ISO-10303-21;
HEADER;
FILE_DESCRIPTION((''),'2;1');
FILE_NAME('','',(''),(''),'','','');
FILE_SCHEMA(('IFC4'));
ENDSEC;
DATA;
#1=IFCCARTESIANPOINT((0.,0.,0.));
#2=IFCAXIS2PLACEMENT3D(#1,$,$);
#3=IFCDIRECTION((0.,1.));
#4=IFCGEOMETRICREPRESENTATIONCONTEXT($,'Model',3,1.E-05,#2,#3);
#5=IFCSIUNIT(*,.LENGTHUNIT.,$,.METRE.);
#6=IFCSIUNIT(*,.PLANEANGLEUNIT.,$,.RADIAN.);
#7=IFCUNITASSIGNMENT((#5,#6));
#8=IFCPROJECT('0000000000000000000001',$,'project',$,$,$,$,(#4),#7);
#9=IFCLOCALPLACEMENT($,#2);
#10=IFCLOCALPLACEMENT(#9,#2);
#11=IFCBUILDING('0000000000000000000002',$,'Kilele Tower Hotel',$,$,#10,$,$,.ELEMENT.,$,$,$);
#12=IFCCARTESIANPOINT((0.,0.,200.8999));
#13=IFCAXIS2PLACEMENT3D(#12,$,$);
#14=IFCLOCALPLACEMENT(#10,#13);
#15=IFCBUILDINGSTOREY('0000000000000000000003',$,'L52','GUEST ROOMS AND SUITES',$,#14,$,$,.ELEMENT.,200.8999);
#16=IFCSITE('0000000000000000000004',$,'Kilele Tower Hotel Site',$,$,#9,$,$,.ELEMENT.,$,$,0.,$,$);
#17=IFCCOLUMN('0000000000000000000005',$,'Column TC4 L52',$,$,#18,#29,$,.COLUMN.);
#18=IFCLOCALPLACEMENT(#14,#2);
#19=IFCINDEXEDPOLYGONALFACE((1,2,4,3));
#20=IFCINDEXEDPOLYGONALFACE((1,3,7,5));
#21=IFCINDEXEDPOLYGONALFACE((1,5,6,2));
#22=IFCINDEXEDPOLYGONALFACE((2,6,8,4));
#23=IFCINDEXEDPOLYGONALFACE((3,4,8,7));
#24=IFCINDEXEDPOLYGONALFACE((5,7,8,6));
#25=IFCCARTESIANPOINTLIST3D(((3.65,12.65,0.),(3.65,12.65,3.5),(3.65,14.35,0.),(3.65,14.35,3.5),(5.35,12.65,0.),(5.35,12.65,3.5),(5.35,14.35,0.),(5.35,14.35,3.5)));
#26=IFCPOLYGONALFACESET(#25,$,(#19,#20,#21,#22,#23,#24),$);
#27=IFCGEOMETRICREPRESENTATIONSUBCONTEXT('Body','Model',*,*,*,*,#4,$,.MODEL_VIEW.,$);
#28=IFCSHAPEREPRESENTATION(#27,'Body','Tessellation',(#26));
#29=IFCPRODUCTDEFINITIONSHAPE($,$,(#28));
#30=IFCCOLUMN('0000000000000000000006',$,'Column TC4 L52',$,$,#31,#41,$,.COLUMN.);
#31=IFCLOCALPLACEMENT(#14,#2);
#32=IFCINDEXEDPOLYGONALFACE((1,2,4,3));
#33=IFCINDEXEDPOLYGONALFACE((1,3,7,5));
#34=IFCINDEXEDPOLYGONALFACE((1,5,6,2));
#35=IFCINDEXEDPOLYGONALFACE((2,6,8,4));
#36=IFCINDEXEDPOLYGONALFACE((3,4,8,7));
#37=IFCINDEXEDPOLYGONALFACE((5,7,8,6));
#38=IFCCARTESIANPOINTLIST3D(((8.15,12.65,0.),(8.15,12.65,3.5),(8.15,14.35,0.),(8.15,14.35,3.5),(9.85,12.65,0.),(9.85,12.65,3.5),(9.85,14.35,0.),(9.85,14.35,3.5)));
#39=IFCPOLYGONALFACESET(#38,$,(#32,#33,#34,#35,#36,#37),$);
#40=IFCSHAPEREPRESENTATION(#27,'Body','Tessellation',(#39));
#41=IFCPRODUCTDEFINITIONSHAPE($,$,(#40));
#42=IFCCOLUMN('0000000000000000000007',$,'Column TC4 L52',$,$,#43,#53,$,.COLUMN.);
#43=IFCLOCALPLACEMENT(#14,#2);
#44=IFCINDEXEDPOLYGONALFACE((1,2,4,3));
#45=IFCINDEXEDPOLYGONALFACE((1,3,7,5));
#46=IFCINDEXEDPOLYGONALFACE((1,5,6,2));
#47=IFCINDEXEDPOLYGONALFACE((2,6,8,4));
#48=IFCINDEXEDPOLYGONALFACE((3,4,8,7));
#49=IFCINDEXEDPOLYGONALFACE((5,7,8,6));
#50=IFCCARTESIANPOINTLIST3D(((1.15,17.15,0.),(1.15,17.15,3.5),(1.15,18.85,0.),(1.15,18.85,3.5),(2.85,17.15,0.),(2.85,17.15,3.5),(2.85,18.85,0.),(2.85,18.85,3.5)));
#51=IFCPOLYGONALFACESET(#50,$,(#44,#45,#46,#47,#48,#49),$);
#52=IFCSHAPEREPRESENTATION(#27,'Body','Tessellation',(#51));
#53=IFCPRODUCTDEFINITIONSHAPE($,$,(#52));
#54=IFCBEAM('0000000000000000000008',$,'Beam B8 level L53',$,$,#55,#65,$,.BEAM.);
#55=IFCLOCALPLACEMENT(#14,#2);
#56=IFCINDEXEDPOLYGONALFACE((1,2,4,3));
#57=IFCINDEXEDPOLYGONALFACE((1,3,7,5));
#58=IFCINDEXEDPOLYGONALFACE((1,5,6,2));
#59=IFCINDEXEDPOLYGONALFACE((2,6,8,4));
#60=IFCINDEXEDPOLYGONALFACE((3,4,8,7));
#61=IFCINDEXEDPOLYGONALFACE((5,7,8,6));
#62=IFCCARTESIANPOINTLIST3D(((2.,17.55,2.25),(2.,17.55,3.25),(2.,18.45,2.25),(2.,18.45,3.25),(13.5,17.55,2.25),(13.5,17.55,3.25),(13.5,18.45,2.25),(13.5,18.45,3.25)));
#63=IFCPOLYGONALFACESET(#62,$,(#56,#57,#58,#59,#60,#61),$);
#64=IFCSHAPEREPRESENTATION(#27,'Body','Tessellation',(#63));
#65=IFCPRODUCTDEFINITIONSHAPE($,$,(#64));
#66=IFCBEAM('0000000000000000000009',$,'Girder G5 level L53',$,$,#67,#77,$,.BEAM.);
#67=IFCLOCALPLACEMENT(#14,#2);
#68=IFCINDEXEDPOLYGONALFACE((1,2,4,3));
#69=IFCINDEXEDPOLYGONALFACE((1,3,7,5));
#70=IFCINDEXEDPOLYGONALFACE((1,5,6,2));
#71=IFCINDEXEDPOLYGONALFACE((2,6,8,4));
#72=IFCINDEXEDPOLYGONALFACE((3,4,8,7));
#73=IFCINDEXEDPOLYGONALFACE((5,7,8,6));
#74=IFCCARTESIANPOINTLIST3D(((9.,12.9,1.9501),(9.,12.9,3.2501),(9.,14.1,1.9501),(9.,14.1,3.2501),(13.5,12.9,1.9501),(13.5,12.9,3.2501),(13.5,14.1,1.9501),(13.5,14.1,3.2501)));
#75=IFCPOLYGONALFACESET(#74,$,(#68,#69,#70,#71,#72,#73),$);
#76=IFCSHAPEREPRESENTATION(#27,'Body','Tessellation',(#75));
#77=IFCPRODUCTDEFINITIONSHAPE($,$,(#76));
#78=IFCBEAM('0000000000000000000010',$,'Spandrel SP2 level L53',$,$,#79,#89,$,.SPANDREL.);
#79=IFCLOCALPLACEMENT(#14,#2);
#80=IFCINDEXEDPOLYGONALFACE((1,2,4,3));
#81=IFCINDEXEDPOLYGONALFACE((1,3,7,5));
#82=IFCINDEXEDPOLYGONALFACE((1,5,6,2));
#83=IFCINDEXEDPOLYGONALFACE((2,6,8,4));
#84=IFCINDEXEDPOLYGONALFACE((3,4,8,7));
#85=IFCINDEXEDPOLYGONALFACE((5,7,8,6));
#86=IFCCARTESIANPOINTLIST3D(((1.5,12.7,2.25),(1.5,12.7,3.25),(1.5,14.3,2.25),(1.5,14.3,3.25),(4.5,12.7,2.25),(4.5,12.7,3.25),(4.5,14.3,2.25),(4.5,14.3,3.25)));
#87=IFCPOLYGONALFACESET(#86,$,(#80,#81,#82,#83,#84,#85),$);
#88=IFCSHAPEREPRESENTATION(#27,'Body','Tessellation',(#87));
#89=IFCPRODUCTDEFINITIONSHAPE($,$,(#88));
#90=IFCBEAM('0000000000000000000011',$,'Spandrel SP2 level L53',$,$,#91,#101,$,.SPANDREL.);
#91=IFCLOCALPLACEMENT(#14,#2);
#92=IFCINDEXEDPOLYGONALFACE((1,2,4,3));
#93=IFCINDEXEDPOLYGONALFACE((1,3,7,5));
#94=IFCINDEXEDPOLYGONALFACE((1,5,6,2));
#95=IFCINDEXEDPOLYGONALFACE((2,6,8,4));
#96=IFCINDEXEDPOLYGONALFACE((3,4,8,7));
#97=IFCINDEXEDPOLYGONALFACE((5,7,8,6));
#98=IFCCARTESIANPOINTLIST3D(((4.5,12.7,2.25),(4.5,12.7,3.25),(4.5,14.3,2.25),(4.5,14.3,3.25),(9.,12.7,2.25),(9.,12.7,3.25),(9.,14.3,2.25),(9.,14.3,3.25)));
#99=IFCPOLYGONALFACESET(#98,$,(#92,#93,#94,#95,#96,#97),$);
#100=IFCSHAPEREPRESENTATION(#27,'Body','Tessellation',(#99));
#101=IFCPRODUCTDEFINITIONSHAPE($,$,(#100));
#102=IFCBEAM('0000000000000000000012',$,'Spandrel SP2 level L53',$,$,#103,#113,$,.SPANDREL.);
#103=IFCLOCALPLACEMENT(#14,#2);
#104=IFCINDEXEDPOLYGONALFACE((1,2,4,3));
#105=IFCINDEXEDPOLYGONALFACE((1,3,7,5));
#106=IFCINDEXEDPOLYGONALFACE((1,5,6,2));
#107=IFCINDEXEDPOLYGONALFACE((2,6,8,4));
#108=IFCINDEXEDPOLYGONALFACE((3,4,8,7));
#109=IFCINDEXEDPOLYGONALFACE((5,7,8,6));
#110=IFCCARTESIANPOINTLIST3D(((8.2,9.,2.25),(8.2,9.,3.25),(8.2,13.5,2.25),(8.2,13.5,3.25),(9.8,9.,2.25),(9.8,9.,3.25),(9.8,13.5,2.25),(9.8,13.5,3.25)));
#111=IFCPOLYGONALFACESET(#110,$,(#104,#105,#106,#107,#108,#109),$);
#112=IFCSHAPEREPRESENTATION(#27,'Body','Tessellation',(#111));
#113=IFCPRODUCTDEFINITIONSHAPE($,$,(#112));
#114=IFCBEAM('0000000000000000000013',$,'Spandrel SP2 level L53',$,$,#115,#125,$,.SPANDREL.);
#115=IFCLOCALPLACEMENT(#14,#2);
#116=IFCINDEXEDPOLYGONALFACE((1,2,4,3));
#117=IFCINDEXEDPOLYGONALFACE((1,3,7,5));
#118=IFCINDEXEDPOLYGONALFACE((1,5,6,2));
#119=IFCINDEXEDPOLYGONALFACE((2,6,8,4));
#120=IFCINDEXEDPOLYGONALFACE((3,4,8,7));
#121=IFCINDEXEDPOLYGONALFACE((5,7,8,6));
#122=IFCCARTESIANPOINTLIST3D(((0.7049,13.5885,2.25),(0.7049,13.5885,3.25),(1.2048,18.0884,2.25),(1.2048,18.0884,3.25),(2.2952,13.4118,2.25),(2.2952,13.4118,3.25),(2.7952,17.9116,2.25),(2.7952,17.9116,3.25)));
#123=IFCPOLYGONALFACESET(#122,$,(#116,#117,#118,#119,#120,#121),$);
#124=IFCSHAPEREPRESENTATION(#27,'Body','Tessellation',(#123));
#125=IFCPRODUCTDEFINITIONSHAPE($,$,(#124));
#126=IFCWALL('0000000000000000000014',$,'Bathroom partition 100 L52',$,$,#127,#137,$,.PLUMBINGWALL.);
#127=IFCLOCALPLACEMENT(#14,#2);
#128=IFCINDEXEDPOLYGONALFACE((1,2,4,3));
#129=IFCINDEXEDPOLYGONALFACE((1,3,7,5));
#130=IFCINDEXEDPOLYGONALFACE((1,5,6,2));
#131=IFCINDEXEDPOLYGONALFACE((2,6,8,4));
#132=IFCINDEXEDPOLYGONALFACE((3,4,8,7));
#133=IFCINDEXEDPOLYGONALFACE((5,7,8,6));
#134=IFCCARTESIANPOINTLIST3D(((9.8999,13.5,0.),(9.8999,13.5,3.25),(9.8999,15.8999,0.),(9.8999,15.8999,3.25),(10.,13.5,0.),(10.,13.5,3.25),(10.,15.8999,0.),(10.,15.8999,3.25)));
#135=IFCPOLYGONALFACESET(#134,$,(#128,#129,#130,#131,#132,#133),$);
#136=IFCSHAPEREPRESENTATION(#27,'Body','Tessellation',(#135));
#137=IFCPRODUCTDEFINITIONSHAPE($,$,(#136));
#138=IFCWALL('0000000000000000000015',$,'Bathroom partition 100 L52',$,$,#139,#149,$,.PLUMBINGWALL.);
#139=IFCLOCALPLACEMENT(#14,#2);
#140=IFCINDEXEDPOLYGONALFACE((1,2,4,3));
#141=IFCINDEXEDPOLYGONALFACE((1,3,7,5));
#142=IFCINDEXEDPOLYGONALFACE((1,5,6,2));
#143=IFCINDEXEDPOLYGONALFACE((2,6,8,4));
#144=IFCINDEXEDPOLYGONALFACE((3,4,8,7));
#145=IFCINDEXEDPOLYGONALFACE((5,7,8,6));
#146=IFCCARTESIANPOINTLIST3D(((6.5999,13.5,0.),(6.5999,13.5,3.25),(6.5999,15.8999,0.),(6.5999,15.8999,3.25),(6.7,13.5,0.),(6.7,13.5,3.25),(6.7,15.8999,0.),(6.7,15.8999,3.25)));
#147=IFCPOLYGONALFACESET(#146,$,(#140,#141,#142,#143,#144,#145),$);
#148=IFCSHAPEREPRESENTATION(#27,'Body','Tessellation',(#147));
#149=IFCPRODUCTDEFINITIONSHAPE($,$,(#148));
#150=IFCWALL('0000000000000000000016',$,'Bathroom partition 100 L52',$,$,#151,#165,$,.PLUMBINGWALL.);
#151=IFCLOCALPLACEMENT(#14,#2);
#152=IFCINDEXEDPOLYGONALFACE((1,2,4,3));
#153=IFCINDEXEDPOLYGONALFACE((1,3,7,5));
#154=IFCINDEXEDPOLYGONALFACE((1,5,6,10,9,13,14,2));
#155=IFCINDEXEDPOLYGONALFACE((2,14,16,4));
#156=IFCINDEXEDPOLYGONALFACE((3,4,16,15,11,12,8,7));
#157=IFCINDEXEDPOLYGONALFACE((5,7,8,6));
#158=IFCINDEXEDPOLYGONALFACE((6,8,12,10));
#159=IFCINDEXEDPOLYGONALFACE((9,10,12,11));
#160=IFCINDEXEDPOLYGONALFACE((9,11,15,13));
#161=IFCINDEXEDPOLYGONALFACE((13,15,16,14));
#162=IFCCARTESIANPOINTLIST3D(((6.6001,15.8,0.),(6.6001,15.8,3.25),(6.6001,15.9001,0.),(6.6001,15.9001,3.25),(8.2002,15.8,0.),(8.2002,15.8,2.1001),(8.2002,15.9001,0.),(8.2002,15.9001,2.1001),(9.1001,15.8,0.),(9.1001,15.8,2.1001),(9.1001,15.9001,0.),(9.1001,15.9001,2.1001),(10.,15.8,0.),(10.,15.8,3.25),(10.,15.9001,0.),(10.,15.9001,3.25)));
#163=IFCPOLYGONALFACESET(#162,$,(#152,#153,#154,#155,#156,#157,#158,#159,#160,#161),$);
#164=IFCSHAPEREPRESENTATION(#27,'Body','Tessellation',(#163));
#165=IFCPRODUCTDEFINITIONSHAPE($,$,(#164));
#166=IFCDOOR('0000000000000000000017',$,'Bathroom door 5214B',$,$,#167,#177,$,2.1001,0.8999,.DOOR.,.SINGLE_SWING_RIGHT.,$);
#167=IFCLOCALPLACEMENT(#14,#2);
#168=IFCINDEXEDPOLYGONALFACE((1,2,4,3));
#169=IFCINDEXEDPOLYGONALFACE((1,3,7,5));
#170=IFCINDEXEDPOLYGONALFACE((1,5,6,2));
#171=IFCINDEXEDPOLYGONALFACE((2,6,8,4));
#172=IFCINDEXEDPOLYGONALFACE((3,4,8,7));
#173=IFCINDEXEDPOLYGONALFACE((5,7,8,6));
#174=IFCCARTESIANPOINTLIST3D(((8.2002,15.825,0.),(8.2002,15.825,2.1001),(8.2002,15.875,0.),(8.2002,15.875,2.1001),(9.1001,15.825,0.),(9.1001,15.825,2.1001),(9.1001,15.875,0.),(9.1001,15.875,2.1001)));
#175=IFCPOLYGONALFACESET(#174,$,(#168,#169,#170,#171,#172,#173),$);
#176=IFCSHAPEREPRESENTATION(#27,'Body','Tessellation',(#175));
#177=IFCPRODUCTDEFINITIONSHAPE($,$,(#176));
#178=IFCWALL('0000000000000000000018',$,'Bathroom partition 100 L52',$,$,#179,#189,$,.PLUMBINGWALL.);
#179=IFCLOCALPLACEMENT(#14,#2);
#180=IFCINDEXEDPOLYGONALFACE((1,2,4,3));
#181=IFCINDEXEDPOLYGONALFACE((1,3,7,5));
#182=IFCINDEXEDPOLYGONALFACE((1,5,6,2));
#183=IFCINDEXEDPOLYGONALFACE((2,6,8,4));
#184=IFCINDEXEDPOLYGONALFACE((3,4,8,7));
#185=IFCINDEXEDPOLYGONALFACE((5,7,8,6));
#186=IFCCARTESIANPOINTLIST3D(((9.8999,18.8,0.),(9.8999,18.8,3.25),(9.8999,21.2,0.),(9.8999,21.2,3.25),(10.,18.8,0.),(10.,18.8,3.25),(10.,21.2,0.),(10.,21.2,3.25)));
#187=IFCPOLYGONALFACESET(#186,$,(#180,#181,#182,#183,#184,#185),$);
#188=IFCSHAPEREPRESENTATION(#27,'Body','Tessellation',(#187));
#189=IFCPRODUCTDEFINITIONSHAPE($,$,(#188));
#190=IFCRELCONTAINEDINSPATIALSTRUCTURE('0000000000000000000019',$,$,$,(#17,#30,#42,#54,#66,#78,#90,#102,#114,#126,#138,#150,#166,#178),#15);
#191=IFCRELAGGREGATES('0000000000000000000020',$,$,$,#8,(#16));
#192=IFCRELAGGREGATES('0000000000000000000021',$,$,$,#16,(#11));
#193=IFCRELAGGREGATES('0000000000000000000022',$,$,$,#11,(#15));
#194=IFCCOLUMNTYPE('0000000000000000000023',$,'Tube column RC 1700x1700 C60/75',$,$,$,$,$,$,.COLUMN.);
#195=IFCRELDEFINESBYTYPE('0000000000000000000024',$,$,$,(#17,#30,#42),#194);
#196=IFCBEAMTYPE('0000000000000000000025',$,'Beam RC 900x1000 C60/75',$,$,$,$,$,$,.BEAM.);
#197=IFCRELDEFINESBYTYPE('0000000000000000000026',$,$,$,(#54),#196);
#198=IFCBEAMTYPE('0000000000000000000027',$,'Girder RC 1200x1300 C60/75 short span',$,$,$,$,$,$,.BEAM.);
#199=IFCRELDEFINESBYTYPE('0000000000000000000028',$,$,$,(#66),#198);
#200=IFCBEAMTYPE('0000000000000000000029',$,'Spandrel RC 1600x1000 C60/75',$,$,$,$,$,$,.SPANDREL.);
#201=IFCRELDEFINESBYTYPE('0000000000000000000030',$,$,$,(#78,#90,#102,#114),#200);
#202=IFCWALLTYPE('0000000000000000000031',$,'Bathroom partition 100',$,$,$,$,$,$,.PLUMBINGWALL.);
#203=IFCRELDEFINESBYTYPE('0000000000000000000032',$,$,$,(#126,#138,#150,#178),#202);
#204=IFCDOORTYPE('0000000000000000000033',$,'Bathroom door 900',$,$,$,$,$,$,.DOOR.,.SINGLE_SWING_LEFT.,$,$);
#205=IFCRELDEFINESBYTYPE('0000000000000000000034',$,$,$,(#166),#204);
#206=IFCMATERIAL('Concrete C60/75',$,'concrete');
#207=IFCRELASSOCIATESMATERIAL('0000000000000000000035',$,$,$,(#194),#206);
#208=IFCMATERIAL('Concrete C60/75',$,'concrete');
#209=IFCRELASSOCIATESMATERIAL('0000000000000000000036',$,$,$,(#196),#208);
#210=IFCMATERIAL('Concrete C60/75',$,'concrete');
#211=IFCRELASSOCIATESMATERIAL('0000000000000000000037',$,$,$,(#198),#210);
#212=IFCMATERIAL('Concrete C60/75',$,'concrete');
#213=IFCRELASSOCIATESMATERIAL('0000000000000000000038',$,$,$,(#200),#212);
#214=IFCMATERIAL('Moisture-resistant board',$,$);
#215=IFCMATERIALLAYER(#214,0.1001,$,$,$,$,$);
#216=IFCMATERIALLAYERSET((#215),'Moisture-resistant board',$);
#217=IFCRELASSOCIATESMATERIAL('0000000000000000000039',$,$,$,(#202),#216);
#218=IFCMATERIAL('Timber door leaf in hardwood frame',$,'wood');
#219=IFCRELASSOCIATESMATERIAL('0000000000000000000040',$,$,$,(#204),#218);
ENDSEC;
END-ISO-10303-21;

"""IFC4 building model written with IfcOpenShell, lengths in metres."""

from ifc_helpers import new_model, si_unit, direction, frame, frame_2d, origin, origin_2d, place, context, subcontext, project, spatial, rectangle, extrude, material, layer, layer_set, material_profile, profile_set, type_object, element, fill, save


model = new_model("IFC4")

# Units and contexts
model_context = context("Model", 3, precision=1e-05, world=origin(), true_north=direction((0.0, 1.0)))
body_context = subcontext(model_context, "Body", "Model", "MODEL_VIEW")
ifc_project = project(units=[si_unit("LENGTHUNIT", "METRE"), si_unit("PLANEANGLEUNIT", "RADIAN")], contexts=[model_context])

# Site, building, storey
site_placement = place(None, origin())
site = spatial("IfcSite", under=ifc_project, at=site_placement, Name="Kilele Tower Hotel Site", CompositionType="ELEMENT", RefElevation=0.0)
building_placement = place(site_placement, origin())
building = spatial("IfcBuilding", under=site, at=building_placement, Name="Kilele Tower Hotel", CompositionType="ELEMENT")
storey_placement = place(building_placement, frame((0.0, 0.0, 200.8999)))
storey = spatial("IfcBuildingStorey", under=building, at=storey_placement, Name="L52", Description="GUEST ROOMS AND SUITES", CompositionType="ELEMENT", Elevation=200.8999)

# Columns
ifc_material_1 = material(Name="Concrete C60/75", Category="concrete")
ifc_material_profile_1 = material_profile(ifc_material_1, rectangle(XDim=1.7, YDim=1.7, at=origin_2d()))
ifc_profile_set_1 = profile_set([ifc_material_profile_1], Name="Concrete C60/75")
column_type = type_object("IfcColumnType", Name="Tube column RC 1700x1700 C60/75", PredefinedType="COLUMN", material=ifc_profile_set_1)
for number, where, z_axis, x_axis, name in (
    (1, (4.5, 13.5, 0.0), (0.0, 0.0, 1.0), (1.0, 0.0, 0.0), "Column TC4 L52"),
    (2, (9.0, 13.5, 0.0), (0.0, 0.0, 1.0), (1.0, 0.0, 0.0), "Column TC4 L52"),
    (3, (2.0, 18.0, 0.0), (0.0, 0.0, 1.0), (1.0, 0.0, 0.0), "Column TC4 L52"),
):
    element("IfcColumn", number, at=place(storey_placement, frame(where, z_axis=z_axis, x_axis=x_axis)), inside=storey, type_object=column_type, Name=name, PredefinedType="COLUMN", context=body_context, shape_type="SweptSolid", body=[
        extrude(rectangle(XDim=1.7, YDim=1.7, at=origin_2d()), origin(), (0.0, 0.0, 1.0), 3.5),
    ])

# Beams
ifc_material_2 = material(Name="Concrete C60/75", Category="concrete")
ifc_material_profile_2 = material_profile(ifc_material_2, rectangle(XDim=0.8999, YDim=1.0, at=origin_2d()))
ifc_profile_set_2 = profile_set([ifc_material_profile_2], Name="Concrete C60/75")
beam_type_1 = type_object("IfcBeamType", Name="Beam RC 900x1000 C60/75", PredefinedType="BEAM", material=ifc_profile_set_2)
beam_1_placement = place(storey_placement, frame((2.0, 18.0, 2.75), z_axis=(1.0, 0.0, 0.0), x_axis=(0.0, 1.0, 0.0)))
element("IfcBeam", 4, at=beam_1_placement, inside=storey, type_object=beam_type_1, Name="Beam B8 level L53", PredefinedType="BEAM", context=body_context, shape_type="SweptSolid", body=[
    extrude(rectangle(XDim=0.8999, YDim=1.0, at=origin_2d()), origin(), (0.0, 0.0, 1.0), 11.5),
])
ifc_material_3 = material(Name="Concrete C60/75", Category="concrete")
ifc_material_profile_3 = material_profile(ifc_material_3, rectangle(XDim=1.2, YDim=1.3, at=origin_2d()))
ifc_profile_set_3 = profile_set([ifc_material_profile_3], Name="Concrete C60/75")
beam_type_2 = type_object("IfcBeamType", Name="Girder RC 1200x1300 C60/75 short span", PredefinedType="BEAM", material=ifc_profile_set_3)
beam_2_placement = place(storey_placement, frame((9.0, 13.5, 2.6001), z_axis=(1.0, 0.0, 0.0), x_axis=(0.0, 1.0, 0.0)))
element("IfcBeam", 5, at=beam_2_placement, inside=storey, type_object=beam_type_2, Name="Girder G5 level L53", PredefinedType="BEAM", context=body_context, shape_type="SweptSolid", body=[
    extrude(rectangle(XDim=1.2, YDim=1.3, at=origin_2d()), origin(), (0.0, 0.0, 1.0), 4.5),
])
ifc_material_4 = material(Name="Concrete C60/75", Category="concrete")
ifc_material_profile_4 = material_profile(ifc_material_4, rectangle(XDim=1.6001, YDim=1.0, at=origin_2d()))
ifc_profile_set_4 = profile_set([ifc_material_profile_4], Name="Concrete C60/75")
beam_type_3 = type_object("IfcBeamType", Name="Spandrel RC 1600x1000 C60/75", PredefinedType="SPANDREL", material=ifc_profile_set_4)
beam_3_placement = place(storey_placement, frame((1.5, 13.5, 2.75), z_axis=(1.0, 0.0, 0.0), x_axis=(0.0, 1.0, 0.0)))
element("IfcBeam", 6, at=beam_3_placement, inside=storey, type_object=beam_type_3, Name="Spandrel SP2 level L53", PredefinedType="SPANDREL", context=body_context, shape_type="SweptSolid", body=[
    extrude(rectangle(XDim=1.6001, YDim=1.0, at=origin_2d()), origin(), (0.0, 0.0, 1.0), 3.0),
])
for number, where, z_axis, x_axis, name in (
    (7, (4.5, 13.5, 2.75), (1.0, 0.0, 0.0), (0.0, 1.0, 0.0), "Spandrel SP2 level L53"),
    (8, (9.0, 13.5, 2.75), (0.0, -1.0, 0.0), (1.0, 0.0, 0.0), "Spandrel SP2 level L53"),
):
    element("IfcBeam", number, at=place(storey_placement, frame(where, z_axis=z_axis, x_axis=x_axis)), inside=storey, type_object=beam_type_3, Name=name, PredefinedType="SPANDREL", context=body_context, shape_type="SweptSolid", body=[
        extrude(rectangle(XDim=1.6001, YDim=1.0, at=origin_2d()), origin(), (0.0, 0.0, 1.0), 4.5),
    ])
beam_4_placement = place(storey_placement, frame((2.0, 18.0, 2.75), z_axis=(-0.110432, -0.993884, 0.0), x_axis=(0.993884, -0.110432, 0.0)))
element("IfcBeam", 9, at=beam_4_placement, inside=storey, type_object=beam_type_3, Name="Spandrel SP2 level L53", PredefinedType="SPANDREL", context=body_context, shape_type="SweptSolid", body=[
    extrude(rectangle(XDim=1.6001, YDim=1.0, at=origin_2d()), origin(), (0.0, 0.0, 1.0), 4.5276),
])

# Walls
ifc_material_5 = material(Name="Moisture-resistant board")
ifc_layer_1 = layer(ifc_material_5, 0.1001)
ifc_layer_set_1 = layer_set([ifc_layer_1], Name="Moisture-resistant board")
wall_type_1 = type_object("IfcWallType", Name="Bathroom partition 100", PredefinedType="PLUMBINGWALL", material=ifc_layer_set_1)
for number, where, z_axis, x_axis, name in (
    (10, (9.95, 13.5, 0.0), (0.0, 0.0, 1.0), (0.0, 1.0, 0.0), "Bathroom partition 100 L52"),
    (11, (6.6499, 13.5, 0.0), (0.0, 0.0, 1.0), (0.0, 1.0, 0.0), "Bathroom partition 100 L52"),
):
    element("IfcWall", number, at=place(storey_placement, frame(where, z_axis=z_axis, x_axis=x_axis)), inside=storey, type_object=wall_type_1, Name=name, PredefinedType="PLUMBINGWALL", context=body_context, shape_type="SweptSolid", body=[
        extrude(rectangle(XDim=2.3999, YDim=0.1001, at=frame_2d((1.2, 0.0))), origin(), (0.0, 0.0, 1.0), 3.25),
    ])

# Wall, opening, door
wall_1_placement = place(storey_placement, frame((10.0, 15.8501, 0.0), z_axis=(0.0, 0.0, 1.0), x_axis=(-1.0, 0.0, 0.0)))
wall_1 = element("IfcWall", 12, at=wall_1_placement, inside=storey, type_object=wall_type_1, Name="Bathroom partition 100 L52", PredefinedType="PLUMBINGWALL", context=body_context, shape_type="SweptSolid", body=[
    extrude(rectangle(XDim=3.3999, YDim=0.1001, at=frame_2d((1.7, 0.0))), origin(), (0.0, 0.0, 1.0), 3.25),
])
opening_1_placement = place(wall_1_placement, frame((1.7998, 0.0, 0.0), z_axis=(0.0, 0.0, 1.0), x_axis=(-1.0, 0.0, 0.0)))
opening_1 = element("IfcOpeningElement", 13, at=opening_1_placement, cuts=wall_1, PredefinedType="OPENING", context=body_context, shape_type="SweptSolid", body=[
    extrude(rectangle(XDim=0.8999, YDim=2.1001, at=frame_2d((0.45, 1.05))), frame((0.0, 0.0601, 0.0), z_axis=(0.0, -1.0, 0.0), x_axis=(1.0, 0.0, 0.0)), (0.0, 0.0, 1.0), 0.1201),
])
ifc_material_6 = material(Name="Timber door leaf in hardwood frame", Category="wood")
door_type = type_object("IfcDoorType", Name="Bathroom door 900", OperationType="SINGLE_SWING_LEFT", PredefinedType="DOOR", material=ifc_material_6)
door_placement = place(opening_1_placement, origin())
door = element("IfcDoor", 14, at=door_placement, inside=storey, type_object=door_type, Name="Bathroom door 5214B", OperationType="SINGLE_SWING_RIGHT", OverallHeight=2.1001, OverallWidth=0.8999, PredefinedType="DOOR", context=body_context, shape_type="SweptSolid", body=[
    extrude(rectangle(XDim=0.8999, YDim=2.1001, at=frame_2d((0.45, 1.05))), frame((0.0, 0.0249, 0.0), z_axis=(0.0, -1.0, 0.0), x_axis=(1.0, 0.0, 0.0)), (0.0, 0.0, 1.0), 0.05),
])
fill(opening_1, door)

# Wall
for number, where, z_axis, x_axis, name in (
    (15, (9.95, 18.8, 0.0), (0.0, 0.0, 1.0), (0.0, 1.0, 0.0), "Bathroom partition 100 L52"),
):
    element("IfcWall", number, at=place(storey_placement, frame(where, z_axis=z_axis, x_axis=x_axis)), inside=storey, type_object=wall_type_1, Name=name, PredefinedType="PLUMBINGWALL", context=body_context, shape_type="SweptSolid", body=[
        extrude(rectangle(XDim=2.3999, YDim=0.1001, at=frame_2d((1.2, 0.0))), origin(), (0.0, 0.0, 1.0), 3.25),
    ])

save(model, "model.ifc")
